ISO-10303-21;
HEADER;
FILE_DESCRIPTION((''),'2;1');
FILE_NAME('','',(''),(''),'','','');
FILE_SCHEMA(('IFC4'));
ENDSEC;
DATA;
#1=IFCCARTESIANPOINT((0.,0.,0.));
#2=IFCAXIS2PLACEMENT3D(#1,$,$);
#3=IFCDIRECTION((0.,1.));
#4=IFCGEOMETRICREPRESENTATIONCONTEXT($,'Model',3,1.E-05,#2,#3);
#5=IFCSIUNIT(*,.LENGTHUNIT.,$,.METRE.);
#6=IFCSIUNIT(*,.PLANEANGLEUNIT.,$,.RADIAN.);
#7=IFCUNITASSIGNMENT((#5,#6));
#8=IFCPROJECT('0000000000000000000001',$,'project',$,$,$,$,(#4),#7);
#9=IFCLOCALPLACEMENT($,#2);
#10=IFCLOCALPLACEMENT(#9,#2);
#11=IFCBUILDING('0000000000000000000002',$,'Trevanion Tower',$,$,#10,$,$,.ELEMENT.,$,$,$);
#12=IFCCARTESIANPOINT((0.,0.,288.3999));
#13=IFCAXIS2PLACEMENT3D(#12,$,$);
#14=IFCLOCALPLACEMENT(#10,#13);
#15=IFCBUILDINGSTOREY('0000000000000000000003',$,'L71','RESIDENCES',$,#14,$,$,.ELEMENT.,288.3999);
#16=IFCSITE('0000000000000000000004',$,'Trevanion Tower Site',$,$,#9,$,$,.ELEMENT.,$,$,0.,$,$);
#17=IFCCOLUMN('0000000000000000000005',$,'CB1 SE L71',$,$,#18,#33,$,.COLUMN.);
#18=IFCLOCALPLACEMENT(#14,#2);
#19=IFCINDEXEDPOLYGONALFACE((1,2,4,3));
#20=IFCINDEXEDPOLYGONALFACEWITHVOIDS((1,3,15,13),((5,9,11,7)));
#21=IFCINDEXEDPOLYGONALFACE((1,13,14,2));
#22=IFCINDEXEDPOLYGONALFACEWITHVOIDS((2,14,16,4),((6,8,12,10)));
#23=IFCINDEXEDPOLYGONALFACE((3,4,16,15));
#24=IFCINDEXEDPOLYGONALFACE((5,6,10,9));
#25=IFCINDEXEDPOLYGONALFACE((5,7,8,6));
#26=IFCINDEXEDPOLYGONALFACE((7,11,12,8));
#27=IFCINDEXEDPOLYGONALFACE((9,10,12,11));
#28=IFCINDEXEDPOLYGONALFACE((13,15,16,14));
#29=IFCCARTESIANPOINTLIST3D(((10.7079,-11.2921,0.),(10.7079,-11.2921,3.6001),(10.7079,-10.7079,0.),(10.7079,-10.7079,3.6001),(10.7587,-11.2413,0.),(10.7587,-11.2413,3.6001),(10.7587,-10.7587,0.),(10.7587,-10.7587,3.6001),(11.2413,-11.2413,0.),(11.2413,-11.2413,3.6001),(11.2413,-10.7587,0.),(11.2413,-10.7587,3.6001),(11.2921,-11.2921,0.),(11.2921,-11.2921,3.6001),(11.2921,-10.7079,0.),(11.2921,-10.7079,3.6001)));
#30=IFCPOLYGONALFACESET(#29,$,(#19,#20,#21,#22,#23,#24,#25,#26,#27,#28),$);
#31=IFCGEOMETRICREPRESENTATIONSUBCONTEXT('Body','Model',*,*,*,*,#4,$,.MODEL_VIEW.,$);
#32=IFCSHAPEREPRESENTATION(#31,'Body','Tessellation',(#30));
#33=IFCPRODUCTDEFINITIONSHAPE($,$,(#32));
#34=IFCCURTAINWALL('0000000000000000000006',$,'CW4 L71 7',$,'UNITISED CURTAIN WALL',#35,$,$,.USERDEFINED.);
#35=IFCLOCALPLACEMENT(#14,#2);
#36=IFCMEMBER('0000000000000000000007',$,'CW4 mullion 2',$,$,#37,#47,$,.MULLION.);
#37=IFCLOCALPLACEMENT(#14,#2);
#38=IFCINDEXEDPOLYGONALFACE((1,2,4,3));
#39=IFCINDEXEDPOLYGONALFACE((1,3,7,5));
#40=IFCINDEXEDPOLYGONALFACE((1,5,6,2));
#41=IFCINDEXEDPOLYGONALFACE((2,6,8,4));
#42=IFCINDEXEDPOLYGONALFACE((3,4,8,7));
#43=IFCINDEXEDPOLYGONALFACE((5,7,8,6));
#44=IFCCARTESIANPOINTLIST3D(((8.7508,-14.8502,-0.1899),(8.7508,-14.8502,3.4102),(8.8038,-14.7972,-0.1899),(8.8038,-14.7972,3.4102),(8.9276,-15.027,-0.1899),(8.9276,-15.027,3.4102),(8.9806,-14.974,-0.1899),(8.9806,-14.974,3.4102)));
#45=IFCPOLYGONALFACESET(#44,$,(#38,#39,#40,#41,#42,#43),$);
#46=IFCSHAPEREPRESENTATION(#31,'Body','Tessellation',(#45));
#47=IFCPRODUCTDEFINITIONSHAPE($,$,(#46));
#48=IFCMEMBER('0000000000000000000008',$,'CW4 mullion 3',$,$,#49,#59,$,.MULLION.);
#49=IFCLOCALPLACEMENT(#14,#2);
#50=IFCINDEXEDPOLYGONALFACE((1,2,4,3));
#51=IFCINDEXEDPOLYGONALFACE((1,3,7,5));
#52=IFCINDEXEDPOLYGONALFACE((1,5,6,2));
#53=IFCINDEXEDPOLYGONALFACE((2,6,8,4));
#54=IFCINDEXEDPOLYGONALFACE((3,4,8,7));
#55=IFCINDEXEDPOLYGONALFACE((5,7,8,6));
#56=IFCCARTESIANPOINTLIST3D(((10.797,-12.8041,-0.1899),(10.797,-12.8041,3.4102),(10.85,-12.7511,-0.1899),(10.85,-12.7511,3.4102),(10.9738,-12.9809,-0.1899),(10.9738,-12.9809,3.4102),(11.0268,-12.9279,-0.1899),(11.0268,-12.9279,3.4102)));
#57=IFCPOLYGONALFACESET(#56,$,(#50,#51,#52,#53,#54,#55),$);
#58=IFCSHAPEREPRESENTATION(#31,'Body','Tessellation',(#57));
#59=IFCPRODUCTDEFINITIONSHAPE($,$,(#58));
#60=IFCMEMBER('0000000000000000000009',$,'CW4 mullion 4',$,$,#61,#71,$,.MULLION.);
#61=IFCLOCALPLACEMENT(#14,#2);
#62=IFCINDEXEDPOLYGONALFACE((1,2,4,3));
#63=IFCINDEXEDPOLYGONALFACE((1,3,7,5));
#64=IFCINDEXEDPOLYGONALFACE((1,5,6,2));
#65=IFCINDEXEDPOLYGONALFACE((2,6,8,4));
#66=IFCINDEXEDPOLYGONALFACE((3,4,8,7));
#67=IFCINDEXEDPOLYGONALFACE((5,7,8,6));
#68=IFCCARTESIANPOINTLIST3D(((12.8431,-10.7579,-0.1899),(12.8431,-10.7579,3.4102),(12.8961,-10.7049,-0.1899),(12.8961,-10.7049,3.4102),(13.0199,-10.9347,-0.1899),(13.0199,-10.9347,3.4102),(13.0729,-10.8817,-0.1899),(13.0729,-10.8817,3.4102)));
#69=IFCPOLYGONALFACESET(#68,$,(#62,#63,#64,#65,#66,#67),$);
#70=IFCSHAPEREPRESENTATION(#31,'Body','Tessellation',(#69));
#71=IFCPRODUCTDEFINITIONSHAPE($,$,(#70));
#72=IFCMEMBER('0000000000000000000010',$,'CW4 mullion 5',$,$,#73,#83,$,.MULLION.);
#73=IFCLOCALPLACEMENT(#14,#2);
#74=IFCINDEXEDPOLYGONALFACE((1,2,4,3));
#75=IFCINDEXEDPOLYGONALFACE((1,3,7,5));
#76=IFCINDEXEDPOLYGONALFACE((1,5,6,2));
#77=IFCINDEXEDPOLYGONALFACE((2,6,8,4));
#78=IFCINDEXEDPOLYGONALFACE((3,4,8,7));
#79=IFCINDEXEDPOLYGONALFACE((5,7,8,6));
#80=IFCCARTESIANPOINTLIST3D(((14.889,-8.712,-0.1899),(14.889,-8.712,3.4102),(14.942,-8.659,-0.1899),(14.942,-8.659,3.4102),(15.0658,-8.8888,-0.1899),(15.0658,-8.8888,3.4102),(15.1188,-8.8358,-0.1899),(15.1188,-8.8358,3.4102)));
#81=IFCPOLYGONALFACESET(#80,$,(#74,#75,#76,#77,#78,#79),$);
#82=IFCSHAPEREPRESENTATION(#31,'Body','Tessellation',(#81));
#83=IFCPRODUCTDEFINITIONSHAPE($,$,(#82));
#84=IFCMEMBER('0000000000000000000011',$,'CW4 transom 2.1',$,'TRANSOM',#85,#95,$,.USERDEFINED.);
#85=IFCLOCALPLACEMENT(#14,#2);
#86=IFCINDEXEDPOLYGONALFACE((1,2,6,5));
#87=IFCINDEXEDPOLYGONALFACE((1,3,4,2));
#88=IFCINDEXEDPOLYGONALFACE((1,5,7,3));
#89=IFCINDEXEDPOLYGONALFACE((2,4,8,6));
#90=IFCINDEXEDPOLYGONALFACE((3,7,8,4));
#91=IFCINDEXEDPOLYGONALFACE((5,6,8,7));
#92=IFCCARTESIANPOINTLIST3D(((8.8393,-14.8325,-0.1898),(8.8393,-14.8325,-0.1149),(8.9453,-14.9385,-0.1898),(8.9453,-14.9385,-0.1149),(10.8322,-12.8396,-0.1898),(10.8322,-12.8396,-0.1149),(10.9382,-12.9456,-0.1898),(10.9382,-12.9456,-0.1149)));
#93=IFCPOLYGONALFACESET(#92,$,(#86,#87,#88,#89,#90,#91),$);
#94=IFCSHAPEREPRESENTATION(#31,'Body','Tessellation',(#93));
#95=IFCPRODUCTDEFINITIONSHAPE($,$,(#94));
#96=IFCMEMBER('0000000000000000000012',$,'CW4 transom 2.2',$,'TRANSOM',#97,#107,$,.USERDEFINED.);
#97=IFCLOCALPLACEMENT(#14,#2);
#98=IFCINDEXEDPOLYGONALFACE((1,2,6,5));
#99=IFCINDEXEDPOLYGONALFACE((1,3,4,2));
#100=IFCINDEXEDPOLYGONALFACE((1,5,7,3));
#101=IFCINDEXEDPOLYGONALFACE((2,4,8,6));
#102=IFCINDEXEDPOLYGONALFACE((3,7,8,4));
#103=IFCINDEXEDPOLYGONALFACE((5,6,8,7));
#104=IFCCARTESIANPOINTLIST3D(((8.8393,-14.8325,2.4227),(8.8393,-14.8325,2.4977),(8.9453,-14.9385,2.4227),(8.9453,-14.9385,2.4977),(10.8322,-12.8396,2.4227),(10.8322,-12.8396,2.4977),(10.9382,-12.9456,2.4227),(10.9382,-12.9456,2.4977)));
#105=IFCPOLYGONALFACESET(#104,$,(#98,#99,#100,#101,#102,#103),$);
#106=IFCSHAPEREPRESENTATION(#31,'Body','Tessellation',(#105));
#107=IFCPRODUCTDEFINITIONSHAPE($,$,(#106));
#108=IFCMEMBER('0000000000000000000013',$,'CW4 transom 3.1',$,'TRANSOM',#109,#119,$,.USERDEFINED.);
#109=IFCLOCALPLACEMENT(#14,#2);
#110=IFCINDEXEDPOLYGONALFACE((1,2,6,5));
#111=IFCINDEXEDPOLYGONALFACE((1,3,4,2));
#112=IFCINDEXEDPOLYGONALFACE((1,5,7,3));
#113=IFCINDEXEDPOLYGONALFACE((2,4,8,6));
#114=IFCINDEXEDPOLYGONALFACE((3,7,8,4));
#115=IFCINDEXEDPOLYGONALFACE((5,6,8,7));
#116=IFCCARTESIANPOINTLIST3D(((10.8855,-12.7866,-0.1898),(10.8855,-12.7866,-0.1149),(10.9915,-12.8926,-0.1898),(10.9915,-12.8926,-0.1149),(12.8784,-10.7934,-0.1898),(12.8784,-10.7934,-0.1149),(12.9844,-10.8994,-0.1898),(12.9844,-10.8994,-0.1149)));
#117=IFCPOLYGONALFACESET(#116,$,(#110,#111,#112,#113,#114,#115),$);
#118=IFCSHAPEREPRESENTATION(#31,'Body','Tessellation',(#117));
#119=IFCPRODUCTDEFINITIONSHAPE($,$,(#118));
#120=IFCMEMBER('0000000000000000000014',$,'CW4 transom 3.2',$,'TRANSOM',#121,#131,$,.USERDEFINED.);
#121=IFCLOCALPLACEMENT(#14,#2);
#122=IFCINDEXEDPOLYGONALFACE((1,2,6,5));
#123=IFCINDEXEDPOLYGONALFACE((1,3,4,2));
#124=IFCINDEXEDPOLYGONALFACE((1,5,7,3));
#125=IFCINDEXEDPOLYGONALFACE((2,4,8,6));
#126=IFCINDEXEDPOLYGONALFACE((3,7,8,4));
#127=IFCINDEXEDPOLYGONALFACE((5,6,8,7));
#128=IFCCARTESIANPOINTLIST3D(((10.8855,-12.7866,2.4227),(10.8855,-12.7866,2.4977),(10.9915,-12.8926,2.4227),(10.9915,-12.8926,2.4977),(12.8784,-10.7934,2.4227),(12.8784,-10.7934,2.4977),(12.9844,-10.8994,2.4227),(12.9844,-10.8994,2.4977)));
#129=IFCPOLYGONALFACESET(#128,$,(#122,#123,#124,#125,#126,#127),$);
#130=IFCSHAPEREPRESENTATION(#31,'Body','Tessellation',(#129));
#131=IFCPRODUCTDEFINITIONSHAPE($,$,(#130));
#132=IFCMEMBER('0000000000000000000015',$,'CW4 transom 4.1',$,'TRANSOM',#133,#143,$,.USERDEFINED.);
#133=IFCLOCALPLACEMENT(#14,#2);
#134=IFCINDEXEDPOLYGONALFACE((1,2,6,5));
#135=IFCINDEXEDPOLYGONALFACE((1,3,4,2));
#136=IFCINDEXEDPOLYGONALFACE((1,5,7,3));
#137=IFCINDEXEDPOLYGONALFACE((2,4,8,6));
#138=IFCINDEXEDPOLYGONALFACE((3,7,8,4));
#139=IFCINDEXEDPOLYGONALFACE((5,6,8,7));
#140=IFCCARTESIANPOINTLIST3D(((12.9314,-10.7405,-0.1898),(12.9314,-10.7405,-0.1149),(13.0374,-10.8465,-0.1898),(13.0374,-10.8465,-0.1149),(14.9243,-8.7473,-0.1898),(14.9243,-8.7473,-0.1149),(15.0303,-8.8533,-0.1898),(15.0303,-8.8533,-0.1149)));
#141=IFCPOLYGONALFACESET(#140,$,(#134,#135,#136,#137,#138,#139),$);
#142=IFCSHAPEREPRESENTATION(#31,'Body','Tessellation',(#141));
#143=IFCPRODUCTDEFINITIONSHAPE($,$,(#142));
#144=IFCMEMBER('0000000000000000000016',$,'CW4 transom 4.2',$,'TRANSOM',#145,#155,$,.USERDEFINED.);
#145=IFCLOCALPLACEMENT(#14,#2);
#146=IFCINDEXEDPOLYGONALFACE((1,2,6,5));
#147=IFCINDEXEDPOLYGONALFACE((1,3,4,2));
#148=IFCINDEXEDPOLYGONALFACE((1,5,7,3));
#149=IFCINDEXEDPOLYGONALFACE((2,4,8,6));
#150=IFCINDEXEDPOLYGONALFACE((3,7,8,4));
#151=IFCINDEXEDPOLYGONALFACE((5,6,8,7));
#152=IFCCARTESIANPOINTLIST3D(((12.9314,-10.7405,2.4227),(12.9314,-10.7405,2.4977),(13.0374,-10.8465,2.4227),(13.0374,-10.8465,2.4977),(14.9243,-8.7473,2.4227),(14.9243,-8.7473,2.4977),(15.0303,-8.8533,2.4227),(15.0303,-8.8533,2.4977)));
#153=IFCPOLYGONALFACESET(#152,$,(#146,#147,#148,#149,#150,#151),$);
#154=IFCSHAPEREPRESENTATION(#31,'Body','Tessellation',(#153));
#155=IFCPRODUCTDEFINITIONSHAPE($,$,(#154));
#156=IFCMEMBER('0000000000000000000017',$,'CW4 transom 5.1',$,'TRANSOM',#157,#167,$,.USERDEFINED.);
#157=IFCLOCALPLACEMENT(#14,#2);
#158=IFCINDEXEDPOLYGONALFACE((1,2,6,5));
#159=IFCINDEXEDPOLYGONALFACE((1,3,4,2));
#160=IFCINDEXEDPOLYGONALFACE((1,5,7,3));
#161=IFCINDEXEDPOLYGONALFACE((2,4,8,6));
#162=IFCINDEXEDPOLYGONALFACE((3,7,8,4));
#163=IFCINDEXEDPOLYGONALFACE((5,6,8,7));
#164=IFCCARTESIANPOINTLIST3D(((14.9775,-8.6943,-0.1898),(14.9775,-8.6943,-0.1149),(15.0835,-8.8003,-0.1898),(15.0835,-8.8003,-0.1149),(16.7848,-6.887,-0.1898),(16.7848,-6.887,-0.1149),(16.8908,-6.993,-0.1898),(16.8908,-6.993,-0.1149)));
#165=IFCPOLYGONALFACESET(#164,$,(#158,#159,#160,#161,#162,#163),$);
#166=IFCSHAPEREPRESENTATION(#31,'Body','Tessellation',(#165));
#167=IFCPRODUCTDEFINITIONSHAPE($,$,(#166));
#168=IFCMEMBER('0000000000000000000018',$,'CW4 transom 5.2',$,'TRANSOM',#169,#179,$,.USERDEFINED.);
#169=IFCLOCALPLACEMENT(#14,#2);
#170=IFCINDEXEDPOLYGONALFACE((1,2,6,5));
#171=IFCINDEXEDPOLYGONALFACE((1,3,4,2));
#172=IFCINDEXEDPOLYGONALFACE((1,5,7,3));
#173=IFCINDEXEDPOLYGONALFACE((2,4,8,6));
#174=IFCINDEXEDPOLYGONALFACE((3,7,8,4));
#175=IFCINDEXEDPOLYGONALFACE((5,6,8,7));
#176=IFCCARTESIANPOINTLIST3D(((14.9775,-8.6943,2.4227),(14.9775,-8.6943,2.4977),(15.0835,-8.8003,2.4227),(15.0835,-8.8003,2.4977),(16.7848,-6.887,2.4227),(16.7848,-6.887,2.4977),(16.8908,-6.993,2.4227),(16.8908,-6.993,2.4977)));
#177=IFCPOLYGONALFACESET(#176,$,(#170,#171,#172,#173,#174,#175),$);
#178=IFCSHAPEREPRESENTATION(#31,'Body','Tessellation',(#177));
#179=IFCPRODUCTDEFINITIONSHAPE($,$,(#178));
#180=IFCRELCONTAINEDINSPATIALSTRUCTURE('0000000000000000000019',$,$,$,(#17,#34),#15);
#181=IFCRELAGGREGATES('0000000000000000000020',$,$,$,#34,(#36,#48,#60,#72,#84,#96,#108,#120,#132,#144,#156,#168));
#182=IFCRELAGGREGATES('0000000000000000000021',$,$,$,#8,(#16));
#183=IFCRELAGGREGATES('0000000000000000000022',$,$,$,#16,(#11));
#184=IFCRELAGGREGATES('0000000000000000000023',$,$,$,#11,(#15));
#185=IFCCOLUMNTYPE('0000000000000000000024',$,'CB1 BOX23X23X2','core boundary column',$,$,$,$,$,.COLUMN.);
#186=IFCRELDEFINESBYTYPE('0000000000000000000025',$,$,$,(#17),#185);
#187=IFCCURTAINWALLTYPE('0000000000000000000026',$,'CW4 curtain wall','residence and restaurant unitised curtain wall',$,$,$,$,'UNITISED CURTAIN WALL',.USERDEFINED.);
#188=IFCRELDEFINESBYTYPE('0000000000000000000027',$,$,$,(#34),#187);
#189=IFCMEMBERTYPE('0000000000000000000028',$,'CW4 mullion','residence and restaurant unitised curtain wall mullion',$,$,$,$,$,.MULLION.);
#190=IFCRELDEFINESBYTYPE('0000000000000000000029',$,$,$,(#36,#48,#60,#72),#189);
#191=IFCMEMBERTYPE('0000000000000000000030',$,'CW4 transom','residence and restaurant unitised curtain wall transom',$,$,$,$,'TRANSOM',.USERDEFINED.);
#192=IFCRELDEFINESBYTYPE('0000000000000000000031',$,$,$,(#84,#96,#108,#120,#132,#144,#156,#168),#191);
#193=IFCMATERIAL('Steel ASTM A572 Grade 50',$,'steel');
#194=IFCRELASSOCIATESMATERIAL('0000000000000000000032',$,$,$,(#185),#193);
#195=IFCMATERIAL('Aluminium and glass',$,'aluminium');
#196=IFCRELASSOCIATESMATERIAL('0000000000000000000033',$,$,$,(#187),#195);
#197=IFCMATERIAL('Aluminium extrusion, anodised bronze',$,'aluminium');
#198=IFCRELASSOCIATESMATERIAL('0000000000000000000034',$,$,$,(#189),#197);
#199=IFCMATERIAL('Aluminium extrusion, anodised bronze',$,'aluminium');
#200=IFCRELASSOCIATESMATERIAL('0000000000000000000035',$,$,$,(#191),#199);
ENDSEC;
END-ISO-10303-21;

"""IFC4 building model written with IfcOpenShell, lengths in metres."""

from ifc_helpers import new_model, si_unit, direction, frame, origin, origin_2d, place, context, subcontext, project, spatial, rectangle, hollow_rectangle, extrude, material, material_profile, profile_set, type_object, element, aggregate, save


model = new_model("IFC4")

# Units and contexts
model_context = context("Model", 3, precision=1e-05, world=origin(), true_north=direction((0.0, 1.0)))
body_context = subcontext(model_context, "Body", "Model", "MODEL_VIEW")
ifc_project = project(units=[si_unit("LENGTHUNIT", "METRE"), si_unit("PLANEANGLEUNIT", "RADIAN")], contexts=[model_context])

# Site, building, storey
site_placement = place(None, origin())
site = spatial("IfcSite", under=ifc_project, at=site_placement, Name="Trevanion Tower Site", CompositionType="ELEMENT", RefElevation=0.0)
building_placement = place(site_placement, origin())
building = spatial("IfcBuilding", under=site, at=building_placement, Name="Trevanion Tower", CompositionType="ELEMENT")
storey_placement = place(building_placement, frame((0.0, 0.0, 288.3999)))
storey = spatial("IfcBuildingStorey", under=building, at=storey_placement, Name="L71", Description="RESIDENCES", CompositionType="ELEMENT", Elevation=288.3999)

# Column
ifc_material_1 = material(Name="Steel ASTM A572 Grade 50", Category="steel")
ifc_material_profile_1 = material_profile(ifc_material_1, hollow_rectangle(XDim=0.5842, YDim=0.5842, WallThickness=0.0508, at=origin_2d()), Name="BOX23X23X2")
ifc_profile_set_1 = profile_set([ifc_material_profile_1], Name="Steel ASTM A572 Grade 50")
column_type = type_object("IfcColumnType", Name="CB1 BOX23X23X2", Description="core boundary column", PredefinedType="COLUMN", material=ifc_profile_set_1)
column_placement = place(storey_placement, frame((11.0, -11.0, 0.0), z_axis=(0.0, 0.0, 1.0), x_axis=(1.0, 0.0, 0.0)))
element("IfcColumn", 1, at=column_placement, inside=storey, type_object=column_type, Name="CB1 SE L71", PredefinedType="COLUMN", context=body_context, shape_type="SweptSolid", body=[
    extrude(hollow_rectangle(XDim=0.5842, YDim=0.5842, WallThickness=0.0508, at=origin_2d()), origin(), (0.0, 0.0, 1.0), 3.6001),
])

# Curtain wall, members
ifc_material_2 = material(Name="Aluminium and glass", Category="aluminium")
curtain_wall_type = type_object("IfcCurtainWallType", Name="CW4 curtain wall", Description="residence and restaurant unitised curtain wall", ElementType="UNITISED CURTAIN WALL", PredefinedType="USERDEFINED", material=ifc_material_2)
curtain_wall_placement = place(storey_placement, origin())
curtain_wall = element("IfcCurtainWall", 2, at=curtain_wall_placement, inside=storey, type_object=curtain_wall_type, Name="CW4 L71 7", ObjectType="UNITISED CURTAIN WALL", PredefinedType="USERDEFINED")
ifc_material_3 = material(Name="Aluminium extrusion, anodised bronze", Category="aluminium")
ifc_material_profile_2 = material_profile(ifc_material_3, rectangle(XDim=0.075, YDim=0.25, at=origin_2d()), Name="CW4 mullion")
ifc_profile_set_2 = profile_set([ifc_material_profile_2], Name="Aluminium extrusion, anodised bronze")
member_type_1 = type_object("IfcMemberType", Name="CW4 mullion", Description="residence and restaurant unitised curtain wall mullion", PredefinedType="MULLION", material=ifc_profile_set_2)
member_1_placement = place(storey_placement, frame((8.8657, -14.9121, -0.1899), z_axis=(0.0, 0.0, 1.0), x_axis=(0.707107, 0.707107, 0.0)))
member_1 = element("IfcMember", 3, at=member_1_placement, type_object=member_type_1, Name="CW4 mullion 2", PredefinedType="MULLION", context=body_context, shape_type="SweptSolid", body=[
    extrude(rectangle(XDim=0.075, YDim=0.25, at=origin_2d()), origin(), (0.0, 0.0, 1.0), 3.6001),
])
member_2_placement = place(storey_placement, frame((10.9119, -12.866, -0.1899), z_axis=(0.0, 0.0, 1.0), x_axis=(0.707107, 0.707107, 0.0)))
member_2 = element("IfcMember", 4, at=member_2_placement, type_object=member_type_1, Name="CW4 mullion 3", PredefinedType="MULLION", context=body_context, shape_type="SweptSolid", body=[
    extrude(rectangle(XDim=0.075, YDim=0.25, at=origin_2d()), origin(), (0.0, 0.0, 1.0), 3.6001),
])
member_3_placement = place(storey_placement, frame((12.958, -10.8198, -0.1899), z_axis=(0.0, 0.0, 1.0), x_axis=(0.707107, 0.707107, 0.0)))
member_3 = element("IfcMember", 5, at=member_3_placement, type_object=member_type_1, Name="CW4 mullion 4", PredefinedType="MULLION", context=body_context, shape_type="SweptSolid", body=[
    extrude(rectangle(XDim=0.075, YDim=0.25, at=origin_2d()), origin(), (0.0, 0.0, 1.0), 3.6001),
])
member_4_placement = place(storey_placement, frame((15.0039, -8.7739, -0.1899), z_axis=(0.0, 0.0, 1.0), x_axis=(0.707107, 0.707107, 0.0)))
member_4 = element("IfcMember", 6, at=member_4_placement, type_object=member_type_1, Name="CW4 mullion 5", PredefinedType="MULLION", context=body_context, shape_type="SweptSolid", body=[
    extrude(rectangle(XDim=0.075, YDim=0.25, at=origin_2d()), origin(), (0.0, 0.0, 1.0), 3.6001),
])
ifc_material_4 = material(Name="Aluminium extrusion, anodised bronze", Category="aluminium")
ifc_material_profile_3 = material_profile(ifc_material_4, rectangle(XDim=0.1499, YDim=0.075, at=origin_2d()), Name="CW4 transom")
ifc_profile_set_3 = profile_set([ifc_material_profile_3], Name="Aluminium extrusion, anodised bronze")
member_type_2 = type_object("IfcMemberType", Name="CW4 transom", Description="residence and restaurant unitised curtain wall transom", ElementType="TRANSOM", PredefinedType="USERDEFINED", material=ifc_profile_set_3)
member_5_placement = place(storey_placement, frame((8.8923, -14.8855, -0.1523), z_axis=(0.707107, 0.707107, 0.0), x_axis=(-0.707107, 0.707107, 0.0)))
member_5 = element("IfcMember", 7, at=member_5_placement, type_object=member_type_2, Name="CW4 transom 2.1", ObjectType="TRANSOM", PredefinedType="USERDEFINED", context=body_context, shape_type="SweptSolid", body=[
    extrude(rectangle(XDim=0.1499, YDim=0.075, at=origin_2d()), origin(), (0.0, 0.0, 1.0), 2.8184),
])
member_6_placement = place(storey_placement, frame((8.8923, -14.8855, 2.4602), z_axis=(0.707107, 0.707107, 0.0), x_axis=(-0.707107, 0.707107, 0.0)))
member_6 = element("IfcMember", 8, at=member_6_placement, type_object=member_type_2, Name="CW4 transom 2.2", ObjectType="TRANSOM", PredefinedType="USERDEFINED", context=body_context, shape_type="SweptSolid", body=[
    extrude(rectangle(XDim=0.1499, YDim=0.075, at=origin_2d()), origin(), (0.0, 0.0, 1.0), 2.8184),
])
member_7_placement = place(storey_placement, frame((10.9385, -12.8396, -0.1523), z_axis=(0.707063, 0.70715, 0.0), x_axis=(-0.70715, 0.707063, 0.0)))
member_7 = element("IfcMember", 9, at=member_7_placement, type_object=member_type_2, Name="CW4 transom 3.1", ObjectType="TRANSOM", PredefinedType="USERDEFINED", context=body_context, shape_type="SweptSolid", body=[
    extrude(rectangle(XDim=0.1499, YDim=0.075, at=origin_2d()), origin(), (0.0, 0.0, 1.0), 2.8186),
])
member_8_placement = place(storey_placement, frame((10.9385, -12.8396, 2.4602), z_axis=(0.707063, 0.70715, 0.0), x_axis=(-0.70715, 0.707063, 0.0)))
member_8 = element("IfcMember", 10, at=member_8_placement, type_object=member_type_2, Name="CW4 transom 3.2", ObjectType="TRANSOM", PredefinedType="USERDEFINED", context=body_context, shape_type="SweptSolid", body=[
    extrude(rectangle(XDim=0.1499, YDim=0.075, at=origin_2d()), origin(), (0.0, 0.0, 1.0), 2.8186),
])
member_9_placement = place(storey_placement, frame((12.9844, -10.7935, -0.1523), z_axis=(0.707063, 0.70715, 0.0), x_axis=(-0.70715, 0.707063, 0.0)))
member_9 = element("IfcMember", 11, at=member_9_placement, type_object=member_type_2, Name="CW4 transom 4.1", ObjectType="TRANSOM", PredefinedType="USERDEFINED", context=body_context, shape_type="SweptSolid", body=[
    extrude(rectangle(XDim=0.1499, YDim=0.075, at=origin_2d()), origin(), (0.0, 0.0, 1.0), 2.8186),
])
member_10_placement = place(storey_placement, frame((12.9844, -10.7935, 2.4602), z_axis=(0.707063, 0.70715, 0.0), x_axis=(-0.70715, 0.707063, 0.0)))
member_10 = element("IfcMember", 12, at=member_10_placement, type_object=member_type_2, Name="CW4 transom 4.2", ObjectType="TRANSOM", PredefinedType="USERDEFINED", context=body_context, shape_type="SweptSolid", body=[
    extrude(rectangle(XDim=0.1499, YDim=0.075, at=origin_2d()), origin(), (0.0, 0.0, 1.0), 2.8186),
])
member_11_placement = place(storey_placement, frame((15.0305, -8.7473, -0.1523), z_axis=(0.707107, 0.707107, 0.0), x_axis=(-0.707107, 0.707107, 0.0)))
member_11 = element("IfcMember", 13, at=member_11_placement, type_object=member_type_2, Name="CW4 transom 5.1", ObjectType="TRANSOM", PredefinedType="USERDEFINED", context=body_context, shape_type="SweptSolid", body=[
    extrude(rectangle(XDim=0.1499, YDim=0.075, at=origin_2d()), origin(), (0.0, 0.0, 1.0), 2.5559),
])
member_12_placement = place(storey_placement, frame((15.0305, -8.7473, 2.4602), z_axis=(0.707107, 0.707107, 0.0), x_axis=(-0.707107, 0.707107, 0.0)))
member_12 = element("IfcMember", 14, at=member_12_placement, type_object=member_type_2, Name="CW4 transom 5.2", ObjectType="TRANSOM", PredefinedType="USERDEFINED", context=body_context, shape_type="SweptSolid", body=[
    extrude(rectangle(XDim=0.1499, YDim=0.075, at=origin_2d()), origin(), (0.0, 0.0, 1.0), 2.5559),
])

aggregate(curtain_wall, [member_1, member_2, member_3, member_4, member_5, member_6, member_7, member_8, member_9, member_10, member_11, member_12])

save(model, "model.ifc")
